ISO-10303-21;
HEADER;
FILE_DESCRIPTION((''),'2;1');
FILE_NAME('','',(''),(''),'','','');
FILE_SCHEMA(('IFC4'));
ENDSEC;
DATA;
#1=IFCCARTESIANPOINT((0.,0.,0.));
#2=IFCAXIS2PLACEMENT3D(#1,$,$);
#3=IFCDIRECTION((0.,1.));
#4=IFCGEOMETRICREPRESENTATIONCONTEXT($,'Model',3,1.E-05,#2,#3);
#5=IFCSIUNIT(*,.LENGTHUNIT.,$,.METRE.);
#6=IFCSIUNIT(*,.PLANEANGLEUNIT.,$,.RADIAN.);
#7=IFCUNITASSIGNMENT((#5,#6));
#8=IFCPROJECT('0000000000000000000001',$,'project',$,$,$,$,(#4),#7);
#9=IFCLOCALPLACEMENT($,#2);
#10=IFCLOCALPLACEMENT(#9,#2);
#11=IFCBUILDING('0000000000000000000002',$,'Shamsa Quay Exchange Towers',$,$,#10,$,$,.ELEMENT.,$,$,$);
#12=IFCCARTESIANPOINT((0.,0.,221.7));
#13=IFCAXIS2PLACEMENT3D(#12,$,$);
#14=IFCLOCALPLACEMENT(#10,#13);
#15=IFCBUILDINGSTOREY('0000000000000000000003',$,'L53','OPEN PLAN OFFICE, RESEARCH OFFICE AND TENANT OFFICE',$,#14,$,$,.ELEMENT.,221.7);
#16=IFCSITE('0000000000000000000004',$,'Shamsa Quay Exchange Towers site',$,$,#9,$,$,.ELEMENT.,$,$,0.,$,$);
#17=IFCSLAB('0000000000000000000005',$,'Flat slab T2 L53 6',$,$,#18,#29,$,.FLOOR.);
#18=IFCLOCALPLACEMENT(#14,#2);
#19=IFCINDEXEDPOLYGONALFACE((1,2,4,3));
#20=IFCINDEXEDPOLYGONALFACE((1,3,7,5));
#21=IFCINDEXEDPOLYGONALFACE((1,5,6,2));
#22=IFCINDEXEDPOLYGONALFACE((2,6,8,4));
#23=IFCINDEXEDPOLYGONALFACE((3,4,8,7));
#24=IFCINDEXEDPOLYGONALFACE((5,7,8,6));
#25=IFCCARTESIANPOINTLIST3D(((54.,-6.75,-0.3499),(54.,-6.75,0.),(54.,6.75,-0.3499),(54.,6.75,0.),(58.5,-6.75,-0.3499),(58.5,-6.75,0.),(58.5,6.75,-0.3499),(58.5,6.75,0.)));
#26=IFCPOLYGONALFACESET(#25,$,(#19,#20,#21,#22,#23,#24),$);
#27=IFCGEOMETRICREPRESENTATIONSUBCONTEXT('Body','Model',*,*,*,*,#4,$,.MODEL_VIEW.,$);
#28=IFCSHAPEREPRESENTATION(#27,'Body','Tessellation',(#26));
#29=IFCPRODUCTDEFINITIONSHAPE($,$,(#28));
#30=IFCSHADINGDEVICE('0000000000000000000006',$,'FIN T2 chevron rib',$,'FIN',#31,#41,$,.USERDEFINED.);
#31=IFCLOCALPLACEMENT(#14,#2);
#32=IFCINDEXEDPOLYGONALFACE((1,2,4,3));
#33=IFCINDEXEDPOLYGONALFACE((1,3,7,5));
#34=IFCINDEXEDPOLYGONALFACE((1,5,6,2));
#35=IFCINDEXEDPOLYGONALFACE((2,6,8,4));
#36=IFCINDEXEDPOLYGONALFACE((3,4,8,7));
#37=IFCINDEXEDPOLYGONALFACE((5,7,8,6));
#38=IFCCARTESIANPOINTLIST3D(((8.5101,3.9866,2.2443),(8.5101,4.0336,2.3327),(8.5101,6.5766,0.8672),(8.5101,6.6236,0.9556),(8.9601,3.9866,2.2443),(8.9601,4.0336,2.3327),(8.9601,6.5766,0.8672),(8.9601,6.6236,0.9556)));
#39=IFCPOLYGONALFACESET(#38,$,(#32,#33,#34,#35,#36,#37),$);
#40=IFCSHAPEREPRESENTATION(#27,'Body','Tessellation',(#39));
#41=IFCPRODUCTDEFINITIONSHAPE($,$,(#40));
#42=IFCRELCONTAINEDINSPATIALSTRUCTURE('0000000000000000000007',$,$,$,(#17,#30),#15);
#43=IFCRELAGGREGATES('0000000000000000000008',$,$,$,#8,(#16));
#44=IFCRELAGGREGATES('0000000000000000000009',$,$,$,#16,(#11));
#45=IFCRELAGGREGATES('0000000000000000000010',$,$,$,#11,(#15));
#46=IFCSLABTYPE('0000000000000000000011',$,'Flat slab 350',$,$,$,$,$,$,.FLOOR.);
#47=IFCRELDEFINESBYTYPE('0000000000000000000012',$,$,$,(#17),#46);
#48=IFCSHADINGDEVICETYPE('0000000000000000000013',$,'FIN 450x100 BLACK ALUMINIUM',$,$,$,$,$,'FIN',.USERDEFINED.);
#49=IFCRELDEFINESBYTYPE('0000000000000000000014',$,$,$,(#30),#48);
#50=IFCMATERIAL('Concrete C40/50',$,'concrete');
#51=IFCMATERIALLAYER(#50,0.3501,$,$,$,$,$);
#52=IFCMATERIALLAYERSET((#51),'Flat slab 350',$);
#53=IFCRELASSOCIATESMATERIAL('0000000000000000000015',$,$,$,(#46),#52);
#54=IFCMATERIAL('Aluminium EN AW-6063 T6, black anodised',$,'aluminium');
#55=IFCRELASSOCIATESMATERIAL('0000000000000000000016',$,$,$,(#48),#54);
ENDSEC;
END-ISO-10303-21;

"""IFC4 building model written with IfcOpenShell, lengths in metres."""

from ifc_helpers import new_model, si_unit, direction, frame, origin, origin_2d, place, context, subcontext, project, spatial, polyline, rectangle, outline, extrude, material, layer, layer_set, material_profile, profile_set, type_object, element, save


model = new_model("IFC4")

# Units and contexts
model_context = context("Model", 3, precision=1e-05, world=origin(), true_north=direction((0.0, 1.0)))
body_context = subcontext(model_context, "Body", "Model", "MODEL_VIEW")
ifc_project = project(units=[si_unit("LENGTHUNIT", "METRE"), si_unit("PLANEANGLEUNIT", "RADIAN")], contexts=[model_context])

# Site, building, storey
site_placement = place(None, origin())
site = spatial("IfcSite", under=ifc_project, at=site_placement, Name="Shamsa Quay Exchange Towers site", CompositionType="ELEMENT", RefElevation=0.0)
building_placement = place(site_placement, origin())
building = spatial("IfcBuilding", under=site, at=building_placement, Name="Shamsa Quay Exchange Towers", CompositionType="ELEMENT")
storey_placement = place(building_placement, frame((0.0, 0.0, 221.7)))
storey = spatial("IfcBuildingStorey", under=building, at=storey_placement, Name="L53", Description="OPEN PLAN OFFICE, RESEARCH OFFICE AND TENANT OFFICE", CompositionType="ELEMENT", Elevation=221.7)

# Shared definitions
ifc_material_1 = material(Name="Concrete C40/50", Category="concrete")

# Slab
ifc_layer_1 = layer(ifc_material_1, 0.3501)
ifc_layer_set_1 = layer_set([ifc_layer_1], Name="Flat slab 350")
slab_type_1 = type_object("IfcSlabType", Name="Flat slab 350", PredefinedType="FLOOR", material=ifc_layer_set_1)
slab_1_placement = place(storey_placement, frame((0.0, 0.0, -0.3499)))
element("IfcSlab", 1, at=slab_1_placement, inside=storey, type_object=slab_type_1, Name="Flat slab T2 L53 6", PredefinedType="FLOOR", context=body_context, shape_type="SweptSolid", body=[
    extrude(outline(polyline([(58.5, 6.75), (54.0, 6.75), (54.0, -6.75), (58.5, -6.75), (58.5, 6.75)])), origin(), (0.0, 0.0, 1.0), 0.3499),
])

# Shading device
ifc_material_2 = material(Name="Aluminium EN AW-6063 T6, black anodised", Category="aluminium")
ifc_material_profile = material_profile(ifc_material_2, rectangle(XDim=0.45, YDim=0.1001, at=origin_2d()), Name="FIN450x100")
ifc_profile_set = profile_set([ifc_material_profile], Name="Aluminium EN AW-6063 T6, black anodised")
shading_device_type = type_object("IfcShadingDeviceType", Name="FIN 450x100 BLACK ALUMINIUM", ElementType="FIN", PredefinedType="USERDEFINED", material=ifc_profile_set)
shading_device_placement = place(storey_placement, frame((8.7351, 6.6001, 0.9114), z_axis=(0.0, -0.882944, 0.469478), x_axis=(1.0, 0.0, 0.0)))
element("IfcShadingDevice", 2, at=shading_device_placement, inside=storey, type_object=shading_device_type, Name="FIN T2 chevron rib", ObjectType="FIN", PredefinedType="USERDEFINED", context=body_context, shape_type="SweptSolid", body=[
    extrude(rectangle(XDim=0.45, YDim=0.1001, at=origin_2d()), origin(), (0.0, 0.0, 1.0), 2.9333),
])

save(model, "model.ifc")
